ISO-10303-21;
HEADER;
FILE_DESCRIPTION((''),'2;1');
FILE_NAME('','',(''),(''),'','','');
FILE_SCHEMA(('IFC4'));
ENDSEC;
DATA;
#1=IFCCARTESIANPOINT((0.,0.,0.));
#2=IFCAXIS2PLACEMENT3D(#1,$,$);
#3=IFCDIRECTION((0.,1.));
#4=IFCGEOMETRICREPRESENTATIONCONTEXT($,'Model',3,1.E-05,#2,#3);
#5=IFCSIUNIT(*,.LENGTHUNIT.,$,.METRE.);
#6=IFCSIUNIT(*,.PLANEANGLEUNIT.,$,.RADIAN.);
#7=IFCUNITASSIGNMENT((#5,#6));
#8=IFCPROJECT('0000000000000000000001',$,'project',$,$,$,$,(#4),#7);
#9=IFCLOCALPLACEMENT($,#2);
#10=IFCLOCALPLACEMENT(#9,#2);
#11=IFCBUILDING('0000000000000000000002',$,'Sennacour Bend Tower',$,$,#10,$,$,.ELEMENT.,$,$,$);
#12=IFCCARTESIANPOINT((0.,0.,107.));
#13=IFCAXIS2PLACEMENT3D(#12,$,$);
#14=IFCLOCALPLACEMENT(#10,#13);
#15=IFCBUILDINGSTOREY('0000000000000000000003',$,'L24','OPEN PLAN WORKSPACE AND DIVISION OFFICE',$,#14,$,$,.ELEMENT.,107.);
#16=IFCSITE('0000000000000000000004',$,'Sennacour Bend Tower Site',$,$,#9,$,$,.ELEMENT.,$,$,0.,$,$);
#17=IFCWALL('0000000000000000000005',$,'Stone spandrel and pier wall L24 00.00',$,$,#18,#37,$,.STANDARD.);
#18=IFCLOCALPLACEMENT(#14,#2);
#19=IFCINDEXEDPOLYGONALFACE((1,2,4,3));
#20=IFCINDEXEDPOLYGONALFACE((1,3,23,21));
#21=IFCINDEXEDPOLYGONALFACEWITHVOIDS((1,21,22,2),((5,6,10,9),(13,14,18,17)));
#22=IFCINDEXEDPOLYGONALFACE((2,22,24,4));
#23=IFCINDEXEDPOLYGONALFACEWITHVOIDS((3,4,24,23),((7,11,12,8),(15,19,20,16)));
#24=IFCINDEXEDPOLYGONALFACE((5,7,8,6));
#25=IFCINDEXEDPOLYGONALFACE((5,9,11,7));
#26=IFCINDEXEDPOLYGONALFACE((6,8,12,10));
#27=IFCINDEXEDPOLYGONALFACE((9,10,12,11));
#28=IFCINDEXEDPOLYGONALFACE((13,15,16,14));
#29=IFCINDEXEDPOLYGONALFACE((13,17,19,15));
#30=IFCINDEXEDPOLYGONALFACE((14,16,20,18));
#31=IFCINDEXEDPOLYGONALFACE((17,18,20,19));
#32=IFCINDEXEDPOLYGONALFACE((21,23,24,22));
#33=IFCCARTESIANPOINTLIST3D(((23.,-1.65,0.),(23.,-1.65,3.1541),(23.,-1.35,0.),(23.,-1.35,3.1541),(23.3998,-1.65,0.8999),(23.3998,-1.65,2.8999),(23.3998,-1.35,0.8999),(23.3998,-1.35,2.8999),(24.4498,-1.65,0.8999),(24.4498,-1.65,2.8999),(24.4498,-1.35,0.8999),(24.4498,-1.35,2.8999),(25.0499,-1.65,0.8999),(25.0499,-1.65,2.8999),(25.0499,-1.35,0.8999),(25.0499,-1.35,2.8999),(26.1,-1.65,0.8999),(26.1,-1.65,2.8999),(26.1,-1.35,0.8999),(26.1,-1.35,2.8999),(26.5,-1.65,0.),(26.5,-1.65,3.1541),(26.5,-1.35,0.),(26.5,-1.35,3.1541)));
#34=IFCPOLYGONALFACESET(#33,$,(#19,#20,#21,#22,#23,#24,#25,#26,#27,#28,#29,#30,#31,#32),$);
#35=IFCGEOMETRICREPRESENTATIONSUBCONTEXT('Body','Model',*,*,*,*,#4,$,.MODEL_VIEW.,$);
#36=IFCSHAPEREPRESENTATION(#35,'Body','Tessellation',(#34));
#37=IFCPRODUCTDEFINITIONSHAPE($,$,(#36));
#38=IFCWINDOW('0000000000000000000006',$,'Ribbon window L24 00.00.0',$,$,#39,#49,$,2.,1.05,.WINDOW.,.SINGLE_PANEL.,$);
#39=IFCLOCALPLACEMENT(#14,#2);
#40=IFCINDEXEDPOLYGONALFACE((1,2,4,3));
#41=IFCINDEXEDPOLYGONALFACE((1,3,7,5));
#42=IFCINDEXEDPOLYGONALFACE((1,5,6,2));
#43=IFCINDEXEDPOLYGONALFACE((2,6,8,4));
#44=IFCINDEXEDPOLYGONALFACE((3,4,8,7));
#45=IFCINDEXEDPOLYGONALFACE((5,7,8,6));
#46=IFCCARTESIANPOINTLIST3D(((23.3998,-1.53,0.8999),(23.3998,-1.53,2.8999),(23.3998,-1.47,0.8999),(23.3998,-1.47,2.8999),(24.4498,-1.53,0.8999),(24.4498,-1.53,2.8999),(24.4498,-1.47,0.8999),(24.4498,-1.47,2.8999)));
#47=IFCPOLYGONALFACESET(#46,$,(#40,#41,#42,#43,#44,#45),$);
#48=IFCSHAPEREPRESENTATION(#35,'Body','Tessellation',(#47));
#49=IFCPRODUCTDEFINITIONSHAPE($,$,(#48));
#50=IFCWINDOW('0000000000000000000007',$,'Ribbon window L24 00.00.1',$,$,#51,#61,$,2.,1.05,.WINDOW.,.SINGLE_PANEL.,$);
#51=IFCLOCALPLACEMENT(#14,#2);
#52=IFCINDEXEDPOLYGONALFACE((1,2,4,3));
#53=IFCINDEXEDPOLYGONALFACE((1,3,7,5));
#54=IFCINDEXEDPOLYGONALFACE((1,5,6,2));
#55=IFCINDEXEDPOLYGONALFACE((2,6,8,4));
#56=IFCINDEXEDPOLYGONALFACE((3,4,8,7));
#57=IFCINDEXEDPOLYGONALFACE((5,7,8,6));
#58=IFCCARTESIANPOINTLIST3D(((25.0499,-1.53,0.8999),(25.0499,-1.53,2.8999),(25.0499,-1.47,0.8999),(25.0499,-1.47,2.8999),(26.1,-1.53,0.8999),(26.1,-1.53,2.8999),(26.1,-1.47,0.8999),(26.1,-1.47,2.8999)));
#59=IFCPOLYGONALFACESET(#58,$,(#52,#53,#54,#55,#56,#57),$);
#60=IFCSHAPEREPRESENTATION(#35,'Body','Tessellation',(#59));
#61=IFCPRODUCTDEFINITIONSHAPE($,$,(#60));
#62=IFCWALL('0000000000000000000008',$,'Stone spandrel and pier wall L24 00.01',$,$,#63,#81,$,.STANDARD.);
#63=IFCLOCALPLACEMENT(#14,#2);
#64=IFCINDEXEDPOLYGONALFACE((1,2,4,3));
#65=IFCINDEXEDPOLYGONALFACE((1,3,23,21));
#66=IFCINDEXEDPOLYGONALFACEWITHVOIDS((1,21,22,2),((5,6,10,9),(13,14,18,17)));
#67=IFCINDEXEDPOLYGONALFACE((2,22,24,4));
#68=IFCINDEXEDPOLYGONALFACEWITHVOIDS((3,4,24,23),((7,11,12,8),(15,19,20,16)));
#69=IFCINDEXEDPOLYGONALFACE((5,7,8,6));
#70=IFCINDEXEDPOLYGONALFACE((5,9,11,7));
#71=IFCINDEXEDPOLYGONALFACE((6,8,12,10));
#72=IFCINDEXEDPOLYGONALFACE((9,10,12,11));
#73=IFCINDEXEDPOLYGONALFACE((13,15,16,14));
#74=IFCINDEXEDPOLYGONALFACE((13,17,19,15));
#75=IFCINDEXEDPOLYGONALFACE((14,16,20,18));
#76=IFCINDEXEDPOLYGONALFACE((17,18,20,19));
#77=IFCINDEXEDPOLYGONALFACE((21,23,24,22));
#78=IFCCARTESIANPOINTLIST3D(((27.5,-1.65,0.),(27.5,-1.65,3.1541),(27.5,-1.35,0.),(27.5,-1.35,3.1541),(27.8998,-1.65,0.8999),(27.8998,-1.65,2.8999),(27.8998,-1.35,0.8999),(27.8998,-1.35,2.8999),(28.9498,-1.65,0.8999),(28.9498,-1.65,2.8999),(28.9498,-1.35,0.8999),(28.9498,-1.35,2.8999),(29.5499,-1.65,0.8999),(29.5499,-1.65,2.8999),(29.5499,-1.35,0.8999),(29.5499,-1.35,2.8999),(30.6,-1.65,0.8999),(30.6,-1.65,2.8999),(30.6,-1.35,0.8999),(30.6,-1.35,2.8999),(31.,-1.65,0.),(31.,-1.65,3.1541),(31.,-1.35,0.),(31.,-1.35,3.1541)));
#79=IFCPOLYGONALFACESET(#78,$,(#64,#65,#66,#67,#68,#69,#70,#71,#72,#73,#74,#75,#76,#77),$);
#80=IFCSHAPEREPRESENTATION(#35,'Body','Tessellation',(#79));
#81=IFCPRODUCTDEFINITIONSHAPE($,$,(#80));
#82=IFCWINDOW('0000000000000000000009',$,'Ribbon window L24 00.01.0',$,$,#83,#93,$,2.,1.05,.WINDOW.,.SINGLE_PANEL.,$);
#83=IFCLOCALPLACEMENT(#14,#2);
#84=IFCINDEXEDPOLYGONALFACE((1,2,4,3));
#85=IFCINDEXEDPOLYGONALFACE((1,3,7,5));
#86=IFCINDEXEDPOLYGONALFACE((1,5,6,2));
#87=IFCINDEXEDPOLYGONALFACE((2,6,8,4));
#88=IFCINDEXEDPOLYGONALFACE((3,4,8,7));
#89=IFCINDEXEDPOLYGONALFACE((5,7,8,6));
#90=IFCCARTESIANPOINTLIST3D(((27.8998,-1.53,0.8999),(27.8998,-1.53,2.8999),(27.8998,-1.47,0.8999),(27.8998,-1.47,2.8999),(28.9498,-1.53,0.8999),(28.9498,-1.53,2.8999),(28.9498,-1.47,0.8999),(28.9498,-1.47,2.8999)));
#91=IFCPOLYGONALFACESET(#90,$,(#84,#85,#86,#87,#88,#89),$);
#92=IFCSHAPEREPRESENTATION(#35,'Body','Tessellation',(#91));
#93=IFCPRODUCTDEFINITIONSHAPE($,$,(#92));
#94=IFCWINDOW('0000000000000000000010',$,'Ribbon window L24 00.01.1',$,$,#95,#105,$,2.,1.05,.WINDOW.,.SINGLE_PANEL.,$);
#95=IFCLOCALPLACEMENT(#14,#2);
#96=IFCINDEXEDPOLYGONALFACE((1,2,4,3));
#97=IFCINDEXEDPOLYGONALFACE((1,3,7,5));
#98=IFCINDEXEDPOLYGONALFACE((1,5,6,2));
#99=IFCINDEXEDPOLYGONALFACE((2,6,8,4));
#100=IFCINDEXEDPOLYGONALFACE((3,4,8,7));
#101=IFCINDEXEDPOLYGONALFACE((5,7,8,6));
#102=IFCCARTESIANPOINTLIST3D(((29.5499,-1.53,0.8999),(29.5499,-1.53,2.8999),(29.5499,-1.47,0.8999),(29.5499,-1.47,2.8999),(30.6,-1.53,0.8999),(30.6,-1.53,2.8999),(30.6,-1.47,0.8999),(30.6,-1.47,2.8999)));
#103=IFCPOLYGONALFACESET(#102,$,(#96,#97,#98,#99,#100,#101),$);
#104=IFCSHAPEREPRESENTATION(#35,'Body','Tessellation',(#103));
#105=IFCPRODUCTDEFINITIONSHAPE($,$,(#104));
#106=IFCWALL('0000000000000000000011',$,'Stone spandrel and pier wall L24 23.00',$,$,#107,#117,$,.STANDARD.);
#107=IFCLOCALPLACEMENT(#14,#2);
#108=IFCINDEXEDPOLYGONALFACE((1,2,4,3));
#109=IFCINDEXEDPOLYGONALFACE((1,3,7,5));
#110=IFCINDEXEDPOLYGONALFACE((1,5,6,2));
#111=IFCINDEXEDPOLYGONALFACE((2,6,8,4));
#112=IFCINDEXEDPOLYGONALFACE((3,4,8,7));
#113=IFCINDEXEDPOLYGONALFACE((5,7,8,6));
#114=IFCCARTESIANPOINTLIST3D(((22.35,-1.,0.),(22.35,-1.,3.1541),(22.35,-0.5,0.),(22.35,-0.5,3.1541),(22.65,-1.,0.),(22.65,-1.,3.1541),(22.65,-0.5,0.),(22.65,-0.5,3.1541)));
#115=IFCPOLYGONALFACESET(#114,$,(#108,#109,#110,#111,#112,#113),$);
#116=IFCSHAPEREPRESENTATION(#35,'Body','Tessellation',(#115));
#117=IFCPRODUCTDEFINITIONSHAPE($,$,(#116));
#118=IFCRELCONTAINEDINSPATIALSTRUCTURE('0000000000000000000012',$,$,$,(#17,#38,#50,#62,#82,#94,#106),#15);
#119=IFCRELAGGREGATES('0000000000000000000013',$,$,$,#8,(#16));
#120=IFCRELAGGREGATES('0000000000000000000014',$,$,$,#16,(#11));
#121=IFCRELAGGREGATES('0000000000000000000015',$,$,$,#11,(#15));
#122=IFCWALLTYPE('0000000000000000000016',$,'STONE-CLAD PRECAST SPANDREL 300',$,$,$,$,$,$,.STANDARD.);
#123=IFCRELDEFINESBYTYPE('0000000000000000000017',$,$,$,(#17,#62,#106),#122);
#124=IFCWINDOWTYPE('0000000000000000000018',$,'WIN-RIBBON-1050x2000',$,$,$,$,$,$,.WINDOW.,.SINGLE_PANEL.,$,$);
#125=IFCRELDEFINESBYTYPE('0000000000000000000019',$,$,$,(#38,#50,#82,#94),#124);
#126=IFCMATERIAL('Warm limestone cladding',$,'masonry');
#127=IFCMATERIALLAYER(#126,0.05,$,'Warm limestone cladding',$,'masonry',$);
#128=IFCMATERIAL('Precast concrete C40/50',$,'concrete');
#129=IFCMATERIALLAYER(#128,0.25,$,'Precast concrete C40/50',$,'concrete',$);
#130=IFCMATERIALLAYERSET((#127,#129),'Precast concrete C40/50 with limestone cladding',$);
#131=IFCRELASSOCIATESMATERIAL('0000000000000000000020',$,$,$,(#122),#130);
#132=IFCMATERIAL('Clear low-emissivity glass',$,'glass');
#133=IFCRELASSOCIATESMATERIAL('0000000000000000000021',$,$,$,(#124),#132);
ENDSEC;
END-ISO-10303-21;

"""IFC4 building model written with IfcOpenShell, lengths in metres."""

from ifc_helpers import new_model, si_unit, direction, frame, frame_2d, origin, place, context, subcontext, project, spatial, rectangle, extrude, material, layer, layer_set, type_object, element, fill, save


model = new_model("IFC4")

# Units and contexts
model_context = context("Model", 3, precision=1e-05, world=origin(), true_north=direction((0.0, 1.0)))
body_context = subcontext(model_context, "Body", "Model", "MODEL_VIEW")
ifc_project = project(units=[si_unit("LENGTHUNIT", "METRE"), si_unit("PLANEANGLEUNIT", "RADIAN")], contexts=[model_context])

# Site, building, storey
site_placement = place(None, origin())
site = spatial("IfcSite", under=ifc_project, at=site_placement, Name="Sennacour Bend Tower Site", CompositionType="ELEMENT", RefElevation=0.0)
building_placement = place(site_placement, origin())
building = spatial("IfcBuilding", under=site, at=building_placement, Name="Sennacour Bend Tower", CompositionType="ELEMENT")
storey_placement = place(building_placement, frame((0.0, 0.0, 107.0)))
storey = spatial("IfcBuildingStorey", under=building, at=storey_placement, Name="L24", Description="OPEN PLAN WORKSPACE AND DIVISION OFFICE", CompositionType="ELEMENT", Elevation=107.0)

# Walls, openings, windows
ifc_material_1 = material(Name="Warm limestone cladding", Category="masonry")
ifc_layer_1 = layer(ifc_material_1, 0.05, Name="Warm limestone cladding", Category="masonry")
ifc_material_2 = material(Name="Precast concrete C40/50", Category="concrete")
ifc_layer_2 = layer(ifc_material_2, 0.25, Name="Precast concrete C40/50", Category="concrete")
ifc_layer_set_1 = layer_set([ifc_layer_1, ifc_layer_2], Name="Precast concrete C40/50 with limestone cladding")
wall_type_1 = type_object("IfcWallType", Name="STONE-CLAD PRECAST SPANDREL 300", PredefinedType="STANDARD", material=ifc_layer_set_1)
wall_1_placement = place(storey_placement, frame((23.0, -1.5, 0.0), z_axis=(0.0, 0.0, 1.0), x_axis=(1.0, 0.0, 0.0)))
wall_1 = element("IfcWall", 1, at=wall_1_placement, inside=storey, type_object=wall_type_1, Name="Stone spandrel and pier wall L24 00.00", PredefinedType="STANDARD", context=body_context, shape_type="SweptSolid", body=[
    extrude(rectangle(XDim=3.5, YDim=0.3, at=frame_2d((1.75, 0.0))), origin(), (0.0, 0.0, 1.0), 3.1541),
])
opening_1_placement = place(wall_1_placement, frame((0.3999, 0.0, 0.8999)))
opening_1 = element("IfcOpeningElement", 2, at=opening_1_placement, cuts=wall_1, PredefinedType="OPENING", context=body_context, shape_type="SweptSolid", body=[
    extrude(rectangle(XDim=1.05, YDim=2.0, at=frame_2d((0.5249, 1.0))), frame((0.0, 0.1602, 0.0), z_axis=(0.0, -1.0, 0.0), x_axis=(1.0, 0.0, 0.0)), (0.0, 0.0, 1.0), 0.3201),
])
opening_2_placement = place(wall_1_placement, frame((2.05, 0.0, 0.8999)))
opening_2 = element("IfcOpeningElement", 3, at=opening_2_placement, cuts=wall_1, PredefinedType="OPENING", context=body_context, shape_type="SweptSolid", body=[
    extrude(rectangle(XDim=1.05, YDim=2.0, at=frame_2d((0.5249, 1.0))), frame((0.0, 0.1602, 0.0), z_axis=(0.0, -1.0, 0.0), x_axis=(1.0, 0.0, 0.0)), (0.0, 0.0, 1.0), 0.3201),
])
ifc_material_3 = material(Name="Clear low-emissivity glass", Category="glass")
window_type = type_object("IfcWindowType", Name="WIN-RIBBON-1050x2000", PartitioningType="SINGLE_PANEL", PredefinedType="WINDOW", material=ifc_material_3)
window_1_placement = place(opening_1_placement, origin())
window_1 = element("IfcWindow", 4, at=window_1_placement, inside=storey, type_object=window_type, Name="Ribbon window L24 00.00.0", OverallHeight=2.0, OverallWidth=1.05, PartitioningType="SINGLE_PANEL", PredefinedType="WINDOW", context=body_context, shape_type="SweptSolid", body=[
    extrude(rectangle(XDim=1.05, YDim=2.0, at=frame_2d((0.5249, 1.0))), frame((0.0, 0.03, 0.0), z_axis=(0.0, -1.0, 0.0), x_axis=(1.0, 0.0, 0.0)), (0.0, 0.0, 1.0), 0.0601),
])
fill(opening_1, window_1)
window_2_placement = place(opening_2_placement, origin())
window_2 = element("IfcWindow", 5, at=window_2_placement, inside=storey, type_object=window_type, Name="Ribbon window L24 00.00.1", OverallHeight=2.0, OverallWidth=1.05, PartitioningType="SINGLE_PANEL", PredefinedType="WINDOW", context=body_context, shape_type="SweptSolid", body=[
    extrude(rectangle(XDim=1.05, YDim=2.0, at=frame_2d((0.5249, 1.0))), frame((0.0, 0.03, 0.0), z_axis=(0.0, -1.0, 0.0), x_axis=(1.0, 0.0, 0.0)), (0.0, 0.0, 1.0), 0.0601),
])
fill(opening_2, window_2)
wall_2_placement = place(storey_placement, frame((27.5, -1.5, 0.0), z_axis=(0.0, 0.0, 1.0), x_axis=(1.0, 0.0, 0.0)))
wall_2 = element("IfcWall", 6, at=wall_2_placement, inside=storey, type_object=wall_type_1, Name="Stone spandrel and pier wall L24 00.01", PredefinedType="STANDARD", context=body_context, shape_type="SweptSolid", body=[
    extrude(rectangle(XDim=3.5, YDim=0.3, at=frame_2d((1.75, 0.0))), origin(), (0.0, 0.0, 1.0), 3.1541),
])
opening_3_placement = place(wall_2_placement, frame((0.3999, 0.0, 0.8999)))
opening_3 = element("IfcOpeningElement", 7, at=opening_3_placement, cuts=wall_2, PredefinedType="OPENING", context=body_context, shape_type="SweptSolid", body=[
    extrude(rectangle(XDim=1.05, YDim=2.0, at=frame_2d((0.5249, 1.0))), frame((0.0, 0.1602, 0.0), z_axis=(0.0, -1.0, 0.0), x_axis=(1.0, 0.0, 0.0)), (0.0, 0.0, 1.0), 0.3201),
])
opening_4_placement = place(wall_2_placement, frame((2.05, 0.0, 0.8999)))
opening_4 = element("IfcOpeningElement", 8, at=opening_4_placement, cuts=wall_2, PredefinedType="OPENING", context=body_context, shape_type="SweptSolid", body=[
    extrude(rectangle(XDim=1.05, YDim=2.0, at=frame_2d((0.5249, 1.0))), frame((0.0, 0.1602, 0.0), z_axis=(0.0, -1.0, 0.0), x_axis=(1.0, 0.0, 0.0)), (0.0, 0.0, 1.0), 0.3201),
])
window_3_placement = place(opening_3_placement, origin())
window_3 = element("IfcWindow", 9, at=window_3_placement, inside=storey, type_object=window_type, Name="Ribbon window L24 00.01.0", OverallHeight=2.0, OverallWidth=1.05, PartitioningType="SINGLE_PANEL", PredefinedType="WINDOW", context=body_context, shape_type="SweptSolid", body=[
    extrude(rectangle(XDim=1.05, YDim=2.0, at=frame_2d((0.5249, 1.0))), frame((0.0, 0.03, 0.0), z_axis=(0.0, -1.0, 0.0), x_axis=(1.0, 0.0, 0.0)), (0.0, 0.0, 1.0), 0.0601),
])
fill(opening_3, window_3)
window_4_placement = place(opening_4_placement, origin())
window_4 = element("IfcWindow", 10, at=window_4_placement, inside=storey, type_object=window_type, Name="Ribbon window L24 00.01.1", OverallHeight=2.0, OverallWidth=1.05, PartitioningType="SINGLE_PANEL", PredefinedType="WINDOW", context=body_context, shape_type="SweptSolid", body=[
    extrude(rectangle(XDim=1.05, YDim=2.0, at=frame_2d((0.5249, 1.0))), frame((0.0, 0.03, 0.0), z_axis=(0.0, -1.0, 0.0), x_axis=(1.0, 0.0, 0.0)), (0.0, 0.0, 1.0), 0.0601),
])
fill(opening_4, window_4)

# Wall
wall_3_placement = place(storey_placement, frame((22.5, -0.5, 0.0), z_axis=(0.0, 0.0, 1.0), x_axis=(0.0, -1.0, 0.0)))
element("IfcWall", 11, at=wall_3_placement, inside=storey, type_object=wall_type_1, Name="Stone spandrel and pier wall L24 23.00", PredefinedType="STANDARD", context=body_context, shape_type="SweptSolid", body=[
    extrude(rectangle(XDim=0.5, YDim=0.3, at=frame_2d((0.25, 0.0))), origin(), (0.0, 0.0, 1.0), 3.1541),
])

save(model, "model.ifc")
